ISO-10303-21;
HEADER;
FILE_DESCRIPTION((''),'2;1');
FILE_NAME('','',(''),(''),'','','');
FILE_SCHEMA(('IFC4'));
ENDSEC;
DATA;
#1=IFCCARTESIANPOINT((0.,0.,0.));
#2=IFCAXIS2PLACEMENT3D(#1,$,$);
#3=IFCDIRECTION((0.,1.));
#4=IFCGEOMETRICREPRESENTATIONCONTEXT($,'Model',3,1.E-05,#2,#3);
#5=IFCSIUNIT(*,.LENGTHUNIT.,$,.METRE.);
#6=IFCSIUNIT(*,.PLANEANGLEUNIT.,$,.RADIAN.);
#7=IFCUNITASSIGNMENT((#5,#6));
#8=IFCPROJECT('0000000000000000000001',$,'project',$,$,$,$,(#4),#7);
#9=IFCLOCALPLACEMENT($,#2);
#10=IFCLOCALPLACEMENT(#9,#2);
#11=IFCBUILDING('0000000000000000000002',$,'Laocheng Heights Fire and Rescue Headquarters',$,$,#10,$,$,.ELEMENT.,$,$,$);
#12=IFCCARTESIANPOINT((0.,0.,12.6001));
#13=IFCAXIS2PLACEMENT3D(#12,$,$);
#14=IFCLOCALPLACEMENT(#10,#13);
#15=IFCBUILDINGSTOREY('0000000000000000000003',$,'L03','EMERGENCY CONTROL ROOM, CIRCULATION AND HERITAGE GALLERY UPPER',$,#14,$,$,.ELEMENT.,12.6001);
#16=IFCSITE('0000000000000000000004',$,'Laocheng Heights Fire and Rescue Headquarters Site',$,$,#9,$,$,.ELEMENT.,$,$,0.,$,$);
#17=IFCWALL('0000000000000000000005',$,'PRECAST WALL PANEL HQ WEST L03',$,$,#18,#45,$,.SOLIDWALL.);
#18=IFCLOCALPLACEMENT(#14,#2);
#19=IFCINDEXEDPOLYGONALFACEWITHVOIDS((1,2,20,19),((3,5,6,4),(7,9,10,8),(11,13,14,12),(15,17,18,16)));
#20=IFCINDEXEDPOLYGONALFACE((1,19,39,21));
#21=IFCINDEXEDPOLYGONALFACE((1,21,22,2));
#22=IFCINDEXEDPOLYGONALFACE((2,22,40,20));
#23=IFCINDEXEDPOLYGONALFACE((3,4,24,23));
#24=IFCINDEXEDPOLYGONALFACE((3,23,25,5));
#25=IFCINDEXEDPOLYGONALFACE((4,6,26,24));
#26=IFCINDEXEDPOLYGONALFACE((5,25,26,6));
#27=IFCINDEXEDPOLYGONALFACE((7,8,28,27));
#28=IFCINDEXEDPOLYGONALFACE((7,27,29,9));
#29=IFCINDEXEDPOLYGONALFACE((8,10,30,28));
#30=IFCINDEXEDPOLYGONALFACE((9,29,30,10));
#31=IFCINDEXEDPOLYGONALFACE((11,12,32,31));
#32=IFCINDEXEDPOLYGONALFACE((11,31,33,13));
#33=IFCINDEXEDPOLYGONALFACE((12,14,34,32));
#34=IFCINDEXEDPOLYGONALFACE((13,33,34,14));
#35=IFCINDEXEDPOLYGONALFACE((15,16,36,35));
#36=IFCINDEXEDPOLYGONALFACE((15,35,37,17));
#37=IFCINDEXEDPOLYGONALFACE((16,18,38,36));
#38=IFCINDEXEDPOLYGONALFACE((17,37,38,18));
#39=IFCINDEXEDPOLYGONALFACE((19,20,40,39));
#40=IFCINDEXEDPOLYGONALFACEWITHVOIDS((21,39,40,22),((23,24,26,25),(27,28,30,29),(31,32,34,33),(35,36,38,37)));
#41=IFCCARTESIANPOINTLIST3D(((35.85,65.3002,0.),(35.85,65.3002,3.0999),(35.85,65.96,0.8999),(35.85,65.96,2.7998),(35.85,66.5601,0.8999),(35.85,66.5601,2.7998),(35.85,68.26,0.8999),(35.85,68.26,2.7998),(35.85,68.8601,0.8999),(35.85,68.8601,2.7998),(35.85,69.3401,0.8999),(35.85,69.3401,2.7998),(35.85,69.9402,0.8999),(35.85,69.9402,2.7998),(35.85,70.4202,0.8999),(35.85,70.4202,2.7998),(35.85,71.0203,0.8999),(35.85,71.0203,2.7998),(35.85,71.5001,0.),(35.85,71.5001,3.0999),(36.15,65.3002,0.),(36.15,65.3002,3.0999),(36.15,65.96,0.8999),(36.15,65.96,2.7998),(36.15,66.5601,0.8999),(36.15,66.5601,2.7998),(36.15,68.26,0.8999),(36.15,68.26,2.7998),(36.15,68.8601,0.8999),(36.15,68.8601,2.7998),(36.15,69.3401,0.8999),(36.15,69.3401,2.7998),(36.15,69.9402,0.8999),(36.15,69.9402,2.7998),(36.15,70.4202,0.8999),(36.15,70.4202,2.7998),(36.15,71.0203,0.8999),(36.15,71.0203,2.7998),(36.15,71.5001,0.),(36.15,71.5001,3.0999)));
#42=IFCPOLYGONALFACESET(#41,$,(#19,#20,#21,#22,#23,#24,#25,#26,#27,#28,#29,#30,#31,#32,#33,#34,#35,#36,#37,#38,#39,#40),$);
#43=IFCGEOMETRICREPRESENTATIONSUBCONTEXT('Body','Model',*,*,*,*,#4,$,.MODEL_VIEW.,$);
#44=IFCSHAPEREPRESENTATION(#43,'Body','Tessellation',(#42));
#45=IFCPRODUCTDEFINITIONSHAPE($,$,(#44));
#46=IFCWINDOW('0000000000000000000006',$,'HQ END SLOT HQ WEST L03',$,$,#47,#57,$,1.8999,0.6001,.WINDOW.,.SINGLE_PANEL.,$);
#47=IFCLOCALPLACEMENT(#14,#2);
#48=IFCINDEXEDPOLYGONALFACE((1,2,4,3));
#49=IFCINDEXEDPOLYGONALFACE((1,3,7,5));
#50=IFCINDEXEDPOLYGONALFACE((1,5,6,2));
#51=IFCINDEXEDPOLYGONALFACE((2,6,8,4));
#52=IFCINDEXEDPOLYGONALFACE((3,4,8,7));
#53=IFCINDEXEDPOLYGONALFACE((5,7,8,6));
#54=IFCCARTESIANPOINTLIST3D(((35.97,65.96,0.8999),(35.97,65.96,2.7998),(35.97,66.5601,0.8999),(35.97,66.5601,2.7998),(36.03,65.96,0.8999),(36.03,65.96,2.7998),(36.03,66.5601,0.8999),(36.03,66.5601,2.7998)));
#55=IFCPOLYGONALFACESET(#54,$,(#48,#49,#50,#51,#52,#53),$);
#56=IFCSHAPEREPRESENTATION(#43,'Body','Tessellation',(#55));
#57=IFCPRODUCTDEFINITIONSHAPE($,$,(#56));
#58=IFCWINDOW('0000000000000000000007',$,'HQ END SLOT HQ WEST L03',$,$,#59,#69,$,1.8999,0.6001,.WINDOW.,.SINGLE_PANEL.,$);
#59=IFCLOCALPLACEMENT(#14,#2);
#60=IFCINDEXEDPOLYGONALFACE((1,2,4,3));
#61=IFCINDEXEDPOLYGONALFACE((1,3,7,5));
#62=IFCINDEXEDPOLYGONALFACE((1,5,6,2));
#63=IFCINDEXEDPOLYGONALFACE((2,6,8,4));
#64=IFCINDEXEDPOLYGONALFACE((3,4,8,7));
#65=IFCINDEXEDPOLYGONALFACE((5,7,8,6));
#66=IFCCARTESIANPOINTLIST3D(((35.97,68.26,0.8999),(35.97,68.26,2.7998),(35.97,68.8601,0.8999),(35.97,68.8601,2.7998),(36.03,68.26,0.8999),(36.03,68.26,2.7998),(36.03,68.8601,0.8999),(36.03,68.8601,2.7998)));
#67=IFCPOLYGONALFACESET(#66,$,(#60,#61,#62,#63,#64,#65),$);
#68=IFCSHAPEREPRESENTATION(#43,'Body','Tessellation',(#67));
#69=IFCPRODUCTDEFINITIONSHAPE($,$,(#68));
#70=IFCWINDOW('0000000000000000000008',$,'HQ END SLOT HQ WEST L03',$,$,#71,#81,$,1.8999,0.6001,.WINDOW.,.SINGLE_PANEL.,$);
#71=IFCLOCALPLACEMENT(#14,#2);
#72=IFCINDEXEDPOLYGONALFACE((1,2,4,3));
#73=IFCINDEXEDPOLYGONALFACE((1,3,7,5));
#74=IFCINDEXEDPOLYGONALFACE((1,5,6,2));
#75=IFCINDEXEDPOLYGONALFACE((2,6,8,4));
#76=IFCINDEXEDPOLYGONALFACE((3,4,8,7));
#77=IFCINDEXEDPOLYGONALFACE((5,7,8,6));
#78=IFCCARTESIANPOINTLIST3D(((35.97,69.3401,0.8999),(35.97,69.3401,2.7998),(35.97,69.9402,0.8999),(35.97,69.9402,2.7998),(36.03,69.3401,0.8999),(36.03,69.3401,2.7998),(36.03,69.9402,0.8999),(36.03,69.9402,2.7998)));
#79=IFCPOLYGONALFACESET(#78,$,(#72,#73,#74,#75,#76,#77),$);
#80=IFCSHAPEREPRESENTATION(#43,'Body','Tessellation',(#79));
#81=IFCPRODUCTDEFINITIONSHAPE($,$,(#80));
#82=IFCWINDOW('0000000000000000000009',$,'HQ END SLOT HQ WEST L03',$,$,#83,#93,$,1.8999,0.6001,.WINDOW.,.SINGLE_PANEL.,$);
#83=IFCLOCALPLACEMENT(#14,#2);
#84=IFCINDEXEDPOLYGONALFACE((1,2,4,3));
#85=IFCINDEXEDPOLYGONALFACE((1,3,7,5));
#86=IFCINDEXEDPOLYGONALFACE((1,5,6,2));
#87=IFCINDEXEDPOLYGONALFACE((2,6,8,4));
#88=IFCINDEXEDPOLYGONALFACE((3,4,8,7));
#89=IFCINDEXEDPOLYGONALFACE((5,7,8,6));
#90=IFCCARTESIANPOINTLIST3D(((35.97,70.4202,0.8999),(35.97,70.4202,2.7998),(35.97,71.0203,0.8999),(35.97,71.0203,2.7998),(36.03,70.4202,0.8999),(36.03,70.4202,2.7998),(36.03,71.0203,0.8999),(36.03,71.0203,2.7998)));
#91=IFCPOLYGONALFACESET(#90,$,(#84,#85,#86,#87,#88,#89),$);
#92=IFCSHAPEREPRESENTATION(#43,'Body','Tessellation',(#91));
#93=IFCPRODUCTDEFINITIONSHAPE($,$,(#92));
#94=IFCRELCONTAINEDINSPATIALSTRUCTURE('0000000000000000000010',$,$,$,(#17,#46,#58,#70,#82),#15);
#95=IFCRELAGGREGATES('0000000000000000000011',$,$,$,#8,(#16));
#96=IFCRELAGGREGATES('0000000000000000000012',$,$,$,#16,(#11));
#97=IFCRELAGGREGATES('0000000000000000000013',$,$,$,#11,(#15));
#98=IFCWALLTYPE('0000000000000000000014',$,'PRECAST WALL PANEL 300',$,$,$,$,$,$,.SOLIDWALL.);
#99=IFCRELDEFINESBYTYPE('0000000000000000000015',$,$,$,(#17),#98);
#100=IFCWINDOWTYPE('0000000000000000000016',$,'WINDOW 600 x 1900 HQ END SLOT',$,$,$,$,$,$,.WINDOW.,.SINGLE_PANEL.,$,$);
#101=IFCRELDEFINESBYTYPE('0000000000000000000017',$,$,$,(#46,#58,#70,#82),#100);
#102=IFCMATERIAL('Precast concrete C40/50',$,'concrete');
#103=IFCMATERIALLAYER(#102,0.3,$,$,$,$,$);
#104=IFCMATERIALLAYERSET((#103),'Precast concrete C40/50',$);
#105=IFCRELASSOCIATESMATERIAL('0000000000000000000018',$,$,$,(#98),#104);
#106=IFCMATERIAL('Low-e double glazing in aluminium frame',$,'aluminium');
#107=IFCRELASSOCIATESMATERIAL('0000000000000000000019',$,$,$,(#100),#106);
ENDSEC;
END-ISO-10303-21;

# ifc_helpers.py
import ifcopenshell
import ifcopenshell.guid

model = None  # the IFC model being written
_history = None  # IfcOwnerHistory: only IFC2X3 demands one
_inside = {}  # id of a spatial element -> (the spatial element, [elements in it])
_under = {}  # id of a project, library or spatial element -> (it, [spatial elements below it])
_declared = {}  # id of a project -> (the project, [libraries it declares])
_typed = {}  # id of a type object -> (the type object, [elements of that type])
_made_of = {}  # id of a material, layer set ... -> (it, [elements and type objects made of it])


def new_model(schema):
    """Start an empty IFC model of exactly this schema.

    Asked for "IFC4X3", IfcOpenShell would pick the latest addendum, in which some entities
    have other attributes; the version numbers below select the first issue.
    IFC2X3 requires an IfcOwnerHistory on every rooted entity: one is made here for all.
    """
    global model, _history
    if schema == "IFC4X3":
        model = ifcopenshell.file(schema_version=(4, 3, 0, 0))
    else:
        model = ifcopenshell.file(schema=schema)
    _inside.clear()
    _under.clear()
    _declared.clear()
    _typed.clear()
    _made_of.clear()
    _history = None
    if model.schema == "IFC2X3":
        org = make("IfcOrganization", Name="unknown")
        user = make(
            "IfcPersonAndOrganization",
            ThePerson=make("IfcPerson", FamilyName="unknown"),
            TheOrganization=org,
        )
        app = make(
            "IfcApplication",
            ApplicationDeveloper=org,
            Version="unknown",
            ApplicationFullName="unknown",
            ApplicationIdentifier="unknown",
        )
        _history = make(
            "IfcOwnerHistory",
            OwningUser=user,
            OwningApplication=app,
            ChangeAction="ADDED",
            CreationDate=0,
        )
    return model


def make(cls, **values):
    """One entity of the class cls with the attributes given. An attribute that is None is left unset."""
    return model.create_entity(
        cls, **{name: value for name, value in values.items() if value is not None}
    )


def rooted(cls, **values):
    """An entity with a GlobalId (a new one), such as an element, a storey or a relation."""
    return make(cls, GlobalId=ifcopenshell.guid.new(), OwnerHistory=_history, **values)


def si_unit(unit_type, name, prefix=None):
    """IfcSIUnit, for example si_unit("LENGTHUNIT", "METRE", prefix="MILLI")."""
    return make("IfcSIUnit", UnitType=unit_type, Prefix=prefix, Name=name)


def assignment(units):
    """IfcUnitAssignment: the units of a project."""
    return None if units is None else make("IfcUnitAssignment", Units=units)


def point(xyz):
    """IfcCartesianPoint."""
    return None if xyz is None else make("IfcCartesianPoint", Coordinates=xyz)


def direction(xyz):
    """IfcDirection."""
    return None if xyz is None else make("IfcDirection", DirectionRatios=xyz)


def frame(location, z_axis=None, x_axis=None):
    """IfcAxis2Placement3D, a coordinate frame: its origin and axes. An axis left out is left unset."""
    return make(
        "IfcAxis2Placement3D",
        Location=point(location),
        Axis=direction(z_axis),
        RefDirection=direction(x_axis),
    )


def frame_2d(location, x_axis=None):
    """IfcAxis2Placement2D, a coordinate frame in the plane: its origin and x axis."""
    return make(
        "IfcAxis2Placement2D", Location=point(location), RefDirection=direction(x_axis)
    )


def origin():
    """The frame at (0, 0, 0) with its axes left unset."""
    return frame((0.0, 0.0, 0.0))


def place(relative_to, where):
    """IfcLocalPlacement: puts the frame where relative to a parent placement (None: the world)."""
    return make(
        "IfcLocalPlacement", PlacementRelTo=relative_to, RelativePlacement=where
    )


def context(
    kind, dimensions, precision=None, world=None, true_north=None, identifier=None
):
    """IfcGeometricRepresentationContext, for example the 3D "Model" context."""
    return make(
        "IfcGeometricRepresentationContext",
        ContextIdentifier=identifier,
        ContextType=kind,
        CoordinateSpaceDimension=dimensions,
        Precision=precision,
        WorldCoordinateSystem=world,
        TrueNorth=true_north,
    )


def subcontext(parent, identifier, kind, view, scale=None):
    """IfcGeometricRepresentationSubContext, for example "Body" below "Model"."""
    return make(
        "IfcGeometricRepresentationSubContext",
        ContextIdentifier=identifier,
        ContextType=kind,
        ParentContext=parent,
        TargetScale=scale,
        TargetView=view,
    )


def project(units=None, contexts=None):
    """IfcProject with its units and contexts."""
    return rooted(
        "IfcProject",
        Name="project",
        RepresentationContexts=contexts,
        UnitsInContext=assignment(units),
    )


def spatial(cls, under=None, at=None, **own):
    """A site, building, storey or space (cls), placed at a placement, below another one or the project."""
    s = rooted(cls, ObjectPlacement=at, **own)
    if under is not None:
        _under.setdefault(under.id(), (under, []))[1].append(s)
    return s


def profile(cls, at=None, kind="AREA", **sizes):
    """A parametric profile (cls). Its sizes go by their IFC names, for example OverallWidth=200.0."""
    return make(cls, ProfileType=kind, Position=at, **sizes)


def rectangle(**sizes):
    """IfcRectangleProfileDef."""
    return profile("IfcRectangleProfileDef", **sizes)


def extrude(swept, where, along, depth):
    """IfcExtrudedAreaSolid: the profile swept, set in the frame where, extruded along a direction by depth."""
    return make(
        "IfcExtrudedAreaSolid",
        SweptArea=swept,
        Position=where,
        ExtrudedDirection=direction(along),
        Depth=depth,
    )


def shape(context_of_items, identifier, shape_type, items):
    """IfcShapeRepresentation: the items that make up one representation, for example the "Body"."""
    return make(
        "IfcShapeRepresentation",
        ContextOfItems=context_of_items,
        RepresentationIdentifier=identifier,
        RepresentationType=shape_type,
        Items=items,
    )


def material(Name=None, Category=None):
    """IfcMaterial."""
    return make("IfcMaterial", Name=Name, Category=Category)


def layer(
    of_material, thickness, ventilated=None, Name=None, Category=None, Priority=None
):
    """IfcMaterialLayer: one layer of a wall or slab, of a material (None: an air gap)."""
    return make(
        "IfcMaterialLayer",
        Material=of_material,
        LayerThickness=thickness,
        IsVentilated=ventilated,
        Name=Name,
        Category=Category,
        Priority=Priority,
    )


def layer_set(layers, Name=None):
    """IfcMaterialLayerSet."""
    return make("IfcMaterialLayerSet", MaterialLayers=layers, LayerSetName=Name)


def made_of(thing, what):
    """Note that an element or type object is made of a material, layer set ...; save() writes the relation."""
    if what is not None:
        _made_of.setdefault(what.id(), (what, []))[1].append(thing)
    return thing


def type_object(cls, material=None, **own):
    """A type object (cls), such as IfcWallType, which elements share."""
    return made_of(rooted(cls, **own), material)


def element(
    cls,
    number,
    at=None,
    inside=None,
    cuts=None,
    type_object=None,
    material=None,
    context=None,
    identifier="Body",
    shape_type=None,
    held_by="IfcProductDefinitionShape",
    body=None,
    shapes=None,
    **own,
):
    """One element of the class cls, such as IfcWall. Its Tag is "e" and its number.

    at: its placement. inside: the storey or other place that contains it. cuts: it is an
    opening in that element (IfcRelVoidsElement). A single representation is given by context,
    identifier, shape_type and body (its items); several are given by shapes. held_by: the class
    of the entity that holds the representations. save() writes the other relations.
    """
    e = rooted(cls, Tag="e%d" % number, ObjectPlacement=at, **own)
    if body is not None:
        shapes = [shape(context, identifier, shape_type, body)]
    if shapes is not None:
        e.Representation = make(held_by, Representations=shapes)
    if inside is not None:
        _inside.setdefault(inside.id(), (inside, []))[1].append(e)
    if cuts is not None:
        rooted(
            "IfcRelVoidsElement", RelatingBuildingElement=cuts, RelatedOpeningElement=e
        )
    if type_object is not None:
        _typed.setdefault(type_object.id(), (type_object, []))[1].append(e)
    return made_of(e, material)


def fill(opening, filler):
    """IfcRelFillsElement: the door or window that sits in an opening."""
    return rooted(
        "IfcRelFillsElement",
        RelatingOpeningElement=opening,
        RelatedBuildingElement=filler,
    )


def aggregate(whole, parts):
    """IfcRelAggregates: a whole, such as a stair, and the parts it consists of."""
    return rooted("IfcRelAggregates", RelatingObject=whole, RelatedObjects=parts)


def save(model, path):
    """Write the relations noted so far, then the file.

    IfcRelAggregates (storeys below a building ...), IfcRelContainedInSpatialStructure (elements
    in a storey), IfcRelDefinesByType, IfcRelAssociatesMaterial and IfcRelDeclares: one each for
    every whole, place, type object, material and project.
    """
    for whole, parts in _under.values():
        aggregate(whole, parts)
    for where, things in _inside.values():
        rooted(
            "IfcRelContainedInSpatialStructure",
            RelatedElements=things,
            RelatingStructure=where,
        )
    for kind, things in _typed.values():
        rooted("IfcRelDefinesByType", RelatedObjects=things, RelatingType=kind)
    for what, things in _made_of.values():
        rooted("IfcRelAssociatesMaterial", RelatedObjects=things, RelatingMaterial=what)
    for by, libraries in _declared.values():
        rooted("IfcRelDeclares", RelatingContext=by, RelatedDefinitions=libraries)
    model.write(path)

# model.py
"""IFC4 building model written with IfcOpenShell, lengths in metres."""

from ifc_helpers import new_model, si_unit, direction, frame, frame_2d, origin, place, context, subcontext, project, spatial, rectangle, extrude, material, layer, layer_set, type_object, element, fill, save


model = new_model("IFC4")

# Units and contexts
model_context = context("Model", 3, precision=1e-05, world=origin(), true_north=direction((0.0, 1.0)))
body_context = subcontext(model_context, "Body", "Model", "MODEL_VIEW")
ifc_project = project(units=[si_unit("LENGTHUNIT", "METRE"), si_unit("PLANEANGLEUNIT", "RADIAN")], contexts=[model_context])

# Site, building, storey
site_placement = place(None, origin())
site = spatial("IfcSite", under=ifc_project, at=site_placement, Name="Laocheng Heights Fire and Rescue Headquarters Site", CompositionType="ELEMENT", RefElevation=0.0)
building_placement = place(site_placement, origin())
building = spatial("IfcBuilding", under=site, at=building_placement, Name="Laocheng Heights Fire and Rescue Headquarters", CompositionType="ELEMENT")
storey_placement = place(building_placement, frame((0.0, 0.0, 12.6001)))
storey = spatial("IfcBuildingStorey", under=building, at=storey_placement, Name="L03", Description="EMERGENCY CONTROL ROOM, CIRCULATION AND HERITAGE GALLERY UPPER", CompositionType="ELEMENT", Elevation=12.6001)

# Wall, openings, windows
ifc_material_1 = material(Name="Precast concrete C40/50", Category="concrete")
ifc_layer_1 = layer(ifc_material_1, 0.3)
ifc_layer_set_1 = layer_set([ifc_layer_1], Name="Precast concrete C40/50")
wall_type_1 = type_object("IfcWallType", Name="PRECAST WALL PANEL 300", PredefinedType="SOLIDWALL", material=ifc_layer_set_1)
ifc_material_2 = material(Name="Low-e double glazing in aluminium frame", Category="aluminium")
window_type = type_object("IfcWindowType", Name="WINDOW 600 x 1900 HQ END SLOT", PartitioningType="SINGLE_PANEL", PredefinedType="WINDOW", material=ifc_material_2)
wall_1_placement = place(storey_placement, frame((36.0, 65.3, 0.0), z_axis=(0.0, 0.0, 1.0), x_axis=(0.0, 1.0, 0.0)))
wall_1 = element("IfcWall", 1, at=wall_1_placement, inside=storey, type_object=wall_type_1, Name="PRECAST WALL PANEL HQ WEST L03", PredefinedType="SOLIDWALL", context=body_context, shape_type="SweptSolid", body=[
    extrude(rectangle(XDim=6.2, YDim=0.3, at=frame_2d((3.1001, 0.0))), origin(), (0.0, 0.0, 1.0), 3.0999),
])
opening_1_placement = place(wall_1_placement, frame((0.6599, 0.0, 0.8999)))
opening_1 = element("IfcOpeningElement", 2, at=opening_1_placement, cuts=wall_1, PredefinedType="OPENING", context=body_context, shape_type="SweptSolid", body=[
    extrude(rectangle(XDim=0.6001, YDim=1.8999, at=frame_2d((0.3, 0.95))), frame((0.0, 0.1599, 0.0), z_axis=(0.0, -1.0, 0.0), x_axis=(1.0, 0.0, 0.0)), (0.0, 0.0, 1.0), 0.3201),
])
opening_2_placement = place(wall_1_placement, frame((2.96, 0.0, 0.8999)))
opening_2 = element("IfcOpeningElement", 3, at=opening_2_placement, cuts=wall_1, PredefinedType="OPENING", context=body_context, shape_type="SweptSolid", body=[
    extrude(rectangle(XDim=0.6001, YDim=1.8999, at=frame_2d((0.3, 0.95))), frame((0.0, 0.1599, 0.0), z_axis=(0.0, -1.0, 0.0), x_axis=(1.0, 0.0, 0.0)), (0.0, 0.0, 1.0), 0.3201),
])
opening_3_placement = place(wall_1_placement, frame((4.04, 0.0, 0.8999)))
opening_3 = element("IfcOpeningElement", 4, at=opening_3_placement, cuts=wall_1, PredefinedType="OPENING", context=body_context, shape_type="SweptSolid", body=[
    extrude(rectangle(XDim=0.6001, YDim=1.8999, at=frame_2d((0.3, 0.95))), frame((0.0, 0.1599, 0.0), z_axis=(0.0, -1.0, 0.0), x_axis=(1.0, 0.0, 0.0)), (0.0, 0.0, 1.0), 0.3201),
])
opening_4_placement = place(wall_1_placement, frame((5.1201, 0.0, 0.8999)))
opening_4 = element("IfcOpeningElement", 5, at=opening_4_placement, cuts=wall_1, PredefinedType="OPENING", context=body_context, shape_type="SweptSolid", body=[
    extrude(rectangle(XDim=0.6001, YDim=1.8999, at=frame_2d((0.3, 0.95))), frame((0.0, 0.1599, 0.0), z_axis=(0.0, -1.0, 0.0), x_axis=(1.0, 0.0, 0.0)), (0.0, 0.0, 1.0), 0.3201),
])
window_1_placement = place(opening_1_placement, origin())
window_1 = element("IfcWindow", 6, at=window_1_placement, inside=storey, type_object=window_type, Name="HQ END SLOT HQ WEST L03", OverallHeight=1.8999, OverallWidth=0.6001, PartitioningType="SINGLE_PANEL", PredefinedType="WINDOW", context=body_context, shape_type="SweptSolid", body=[
    extrude(rectangle(XDim=0.6001, YDim=1.8999, at=frame_2d((0.3, 0.95))), frame((0.0, 0.03, 0.0), z_axis=(0.0, -1.0, 0.0), x_axis=(1.0, 0.0, 0.0)), (0.0, 0.0, 1.0), 0.0601),
])
fill(opening_1, window_1)
window_2_placement = place(opening_2_placement, origin())
window_2 = element("IfcWindow", 7, at=window_2_placement, inside=storey, type_object=window_type, Name="HQ END SLOT HQ WEST L03", OverallHeight=1.8999, OverallWidth=0.6001, PartitioningType="SINGLE_PANEL", PredefinedType="WINDOW", context=body_context, shape_type="SweptSolid", body=[
    extrude(rectangle(XDim=0.6001, YDim=1.8999, at=frame_2d((0.3, 0.95))), frame((0.0, 0.03, 0.0), z_axis=(0.0, -1.0, 0.0), x_axis=(1.0, 0.0, 0.0)), (0.0, 0.0, 1.0), 0.0601),
])
fill(opening_2, window_2)
window_3_placement = place(opening_3_placement, origin())
window_3 = element("IfcWindow", 8, at=window_3_placement, inside=storey, type_object=window_type, Name="HQ END SLOT HQ WEST L03", OverallHeight=1.8999, OverallWidth=0.6001, PartitioningType="SINGLE_PANEL", PredefinedType="WINDOW", context=body_context, shape_type="SweptSolid", body=[
    extrude(rectangle(XDim=0.6001, YDim=1.8999, at=frame_2d((0.3, 0.95))), frame((0.0, 0.03, 0.0), z_axis=(0.0, -1.0, 0.0), x_axis=(1.0, 0.0, 0.0)), (0.0, 0.0, 1.0), 0.0601),
])
fill(opening_3, window_3)
window_4_placement = place(opening_4_placement, origin())
window_4 = element("IfcWindow", 9, at=window_4_placement, inside=storey, type_object=window_type, Name="HQ END SLOT HQ WEST L03", OverallHeight=1.8999, OverallWidth=0.6001, PartitioningType="SINGLE_PANEL", PredefinedType="WINDOW", context=body_context, shape_type="SweptSolid", body=[
    extrude(rectangle(XDim=0.6001, YDim=1.8999, at=frame_2d((0.3, 0.95))), frame((0.0, 0.03, 0.0), z_axis=(0.0, -1.0, 0.0), x_axis=(1.0, 0.0, 0.0)), (0.0, 0.0, 1.0), 0.0601),
])
fill(opening_4, window_4)

save(model, "model.ifc")
